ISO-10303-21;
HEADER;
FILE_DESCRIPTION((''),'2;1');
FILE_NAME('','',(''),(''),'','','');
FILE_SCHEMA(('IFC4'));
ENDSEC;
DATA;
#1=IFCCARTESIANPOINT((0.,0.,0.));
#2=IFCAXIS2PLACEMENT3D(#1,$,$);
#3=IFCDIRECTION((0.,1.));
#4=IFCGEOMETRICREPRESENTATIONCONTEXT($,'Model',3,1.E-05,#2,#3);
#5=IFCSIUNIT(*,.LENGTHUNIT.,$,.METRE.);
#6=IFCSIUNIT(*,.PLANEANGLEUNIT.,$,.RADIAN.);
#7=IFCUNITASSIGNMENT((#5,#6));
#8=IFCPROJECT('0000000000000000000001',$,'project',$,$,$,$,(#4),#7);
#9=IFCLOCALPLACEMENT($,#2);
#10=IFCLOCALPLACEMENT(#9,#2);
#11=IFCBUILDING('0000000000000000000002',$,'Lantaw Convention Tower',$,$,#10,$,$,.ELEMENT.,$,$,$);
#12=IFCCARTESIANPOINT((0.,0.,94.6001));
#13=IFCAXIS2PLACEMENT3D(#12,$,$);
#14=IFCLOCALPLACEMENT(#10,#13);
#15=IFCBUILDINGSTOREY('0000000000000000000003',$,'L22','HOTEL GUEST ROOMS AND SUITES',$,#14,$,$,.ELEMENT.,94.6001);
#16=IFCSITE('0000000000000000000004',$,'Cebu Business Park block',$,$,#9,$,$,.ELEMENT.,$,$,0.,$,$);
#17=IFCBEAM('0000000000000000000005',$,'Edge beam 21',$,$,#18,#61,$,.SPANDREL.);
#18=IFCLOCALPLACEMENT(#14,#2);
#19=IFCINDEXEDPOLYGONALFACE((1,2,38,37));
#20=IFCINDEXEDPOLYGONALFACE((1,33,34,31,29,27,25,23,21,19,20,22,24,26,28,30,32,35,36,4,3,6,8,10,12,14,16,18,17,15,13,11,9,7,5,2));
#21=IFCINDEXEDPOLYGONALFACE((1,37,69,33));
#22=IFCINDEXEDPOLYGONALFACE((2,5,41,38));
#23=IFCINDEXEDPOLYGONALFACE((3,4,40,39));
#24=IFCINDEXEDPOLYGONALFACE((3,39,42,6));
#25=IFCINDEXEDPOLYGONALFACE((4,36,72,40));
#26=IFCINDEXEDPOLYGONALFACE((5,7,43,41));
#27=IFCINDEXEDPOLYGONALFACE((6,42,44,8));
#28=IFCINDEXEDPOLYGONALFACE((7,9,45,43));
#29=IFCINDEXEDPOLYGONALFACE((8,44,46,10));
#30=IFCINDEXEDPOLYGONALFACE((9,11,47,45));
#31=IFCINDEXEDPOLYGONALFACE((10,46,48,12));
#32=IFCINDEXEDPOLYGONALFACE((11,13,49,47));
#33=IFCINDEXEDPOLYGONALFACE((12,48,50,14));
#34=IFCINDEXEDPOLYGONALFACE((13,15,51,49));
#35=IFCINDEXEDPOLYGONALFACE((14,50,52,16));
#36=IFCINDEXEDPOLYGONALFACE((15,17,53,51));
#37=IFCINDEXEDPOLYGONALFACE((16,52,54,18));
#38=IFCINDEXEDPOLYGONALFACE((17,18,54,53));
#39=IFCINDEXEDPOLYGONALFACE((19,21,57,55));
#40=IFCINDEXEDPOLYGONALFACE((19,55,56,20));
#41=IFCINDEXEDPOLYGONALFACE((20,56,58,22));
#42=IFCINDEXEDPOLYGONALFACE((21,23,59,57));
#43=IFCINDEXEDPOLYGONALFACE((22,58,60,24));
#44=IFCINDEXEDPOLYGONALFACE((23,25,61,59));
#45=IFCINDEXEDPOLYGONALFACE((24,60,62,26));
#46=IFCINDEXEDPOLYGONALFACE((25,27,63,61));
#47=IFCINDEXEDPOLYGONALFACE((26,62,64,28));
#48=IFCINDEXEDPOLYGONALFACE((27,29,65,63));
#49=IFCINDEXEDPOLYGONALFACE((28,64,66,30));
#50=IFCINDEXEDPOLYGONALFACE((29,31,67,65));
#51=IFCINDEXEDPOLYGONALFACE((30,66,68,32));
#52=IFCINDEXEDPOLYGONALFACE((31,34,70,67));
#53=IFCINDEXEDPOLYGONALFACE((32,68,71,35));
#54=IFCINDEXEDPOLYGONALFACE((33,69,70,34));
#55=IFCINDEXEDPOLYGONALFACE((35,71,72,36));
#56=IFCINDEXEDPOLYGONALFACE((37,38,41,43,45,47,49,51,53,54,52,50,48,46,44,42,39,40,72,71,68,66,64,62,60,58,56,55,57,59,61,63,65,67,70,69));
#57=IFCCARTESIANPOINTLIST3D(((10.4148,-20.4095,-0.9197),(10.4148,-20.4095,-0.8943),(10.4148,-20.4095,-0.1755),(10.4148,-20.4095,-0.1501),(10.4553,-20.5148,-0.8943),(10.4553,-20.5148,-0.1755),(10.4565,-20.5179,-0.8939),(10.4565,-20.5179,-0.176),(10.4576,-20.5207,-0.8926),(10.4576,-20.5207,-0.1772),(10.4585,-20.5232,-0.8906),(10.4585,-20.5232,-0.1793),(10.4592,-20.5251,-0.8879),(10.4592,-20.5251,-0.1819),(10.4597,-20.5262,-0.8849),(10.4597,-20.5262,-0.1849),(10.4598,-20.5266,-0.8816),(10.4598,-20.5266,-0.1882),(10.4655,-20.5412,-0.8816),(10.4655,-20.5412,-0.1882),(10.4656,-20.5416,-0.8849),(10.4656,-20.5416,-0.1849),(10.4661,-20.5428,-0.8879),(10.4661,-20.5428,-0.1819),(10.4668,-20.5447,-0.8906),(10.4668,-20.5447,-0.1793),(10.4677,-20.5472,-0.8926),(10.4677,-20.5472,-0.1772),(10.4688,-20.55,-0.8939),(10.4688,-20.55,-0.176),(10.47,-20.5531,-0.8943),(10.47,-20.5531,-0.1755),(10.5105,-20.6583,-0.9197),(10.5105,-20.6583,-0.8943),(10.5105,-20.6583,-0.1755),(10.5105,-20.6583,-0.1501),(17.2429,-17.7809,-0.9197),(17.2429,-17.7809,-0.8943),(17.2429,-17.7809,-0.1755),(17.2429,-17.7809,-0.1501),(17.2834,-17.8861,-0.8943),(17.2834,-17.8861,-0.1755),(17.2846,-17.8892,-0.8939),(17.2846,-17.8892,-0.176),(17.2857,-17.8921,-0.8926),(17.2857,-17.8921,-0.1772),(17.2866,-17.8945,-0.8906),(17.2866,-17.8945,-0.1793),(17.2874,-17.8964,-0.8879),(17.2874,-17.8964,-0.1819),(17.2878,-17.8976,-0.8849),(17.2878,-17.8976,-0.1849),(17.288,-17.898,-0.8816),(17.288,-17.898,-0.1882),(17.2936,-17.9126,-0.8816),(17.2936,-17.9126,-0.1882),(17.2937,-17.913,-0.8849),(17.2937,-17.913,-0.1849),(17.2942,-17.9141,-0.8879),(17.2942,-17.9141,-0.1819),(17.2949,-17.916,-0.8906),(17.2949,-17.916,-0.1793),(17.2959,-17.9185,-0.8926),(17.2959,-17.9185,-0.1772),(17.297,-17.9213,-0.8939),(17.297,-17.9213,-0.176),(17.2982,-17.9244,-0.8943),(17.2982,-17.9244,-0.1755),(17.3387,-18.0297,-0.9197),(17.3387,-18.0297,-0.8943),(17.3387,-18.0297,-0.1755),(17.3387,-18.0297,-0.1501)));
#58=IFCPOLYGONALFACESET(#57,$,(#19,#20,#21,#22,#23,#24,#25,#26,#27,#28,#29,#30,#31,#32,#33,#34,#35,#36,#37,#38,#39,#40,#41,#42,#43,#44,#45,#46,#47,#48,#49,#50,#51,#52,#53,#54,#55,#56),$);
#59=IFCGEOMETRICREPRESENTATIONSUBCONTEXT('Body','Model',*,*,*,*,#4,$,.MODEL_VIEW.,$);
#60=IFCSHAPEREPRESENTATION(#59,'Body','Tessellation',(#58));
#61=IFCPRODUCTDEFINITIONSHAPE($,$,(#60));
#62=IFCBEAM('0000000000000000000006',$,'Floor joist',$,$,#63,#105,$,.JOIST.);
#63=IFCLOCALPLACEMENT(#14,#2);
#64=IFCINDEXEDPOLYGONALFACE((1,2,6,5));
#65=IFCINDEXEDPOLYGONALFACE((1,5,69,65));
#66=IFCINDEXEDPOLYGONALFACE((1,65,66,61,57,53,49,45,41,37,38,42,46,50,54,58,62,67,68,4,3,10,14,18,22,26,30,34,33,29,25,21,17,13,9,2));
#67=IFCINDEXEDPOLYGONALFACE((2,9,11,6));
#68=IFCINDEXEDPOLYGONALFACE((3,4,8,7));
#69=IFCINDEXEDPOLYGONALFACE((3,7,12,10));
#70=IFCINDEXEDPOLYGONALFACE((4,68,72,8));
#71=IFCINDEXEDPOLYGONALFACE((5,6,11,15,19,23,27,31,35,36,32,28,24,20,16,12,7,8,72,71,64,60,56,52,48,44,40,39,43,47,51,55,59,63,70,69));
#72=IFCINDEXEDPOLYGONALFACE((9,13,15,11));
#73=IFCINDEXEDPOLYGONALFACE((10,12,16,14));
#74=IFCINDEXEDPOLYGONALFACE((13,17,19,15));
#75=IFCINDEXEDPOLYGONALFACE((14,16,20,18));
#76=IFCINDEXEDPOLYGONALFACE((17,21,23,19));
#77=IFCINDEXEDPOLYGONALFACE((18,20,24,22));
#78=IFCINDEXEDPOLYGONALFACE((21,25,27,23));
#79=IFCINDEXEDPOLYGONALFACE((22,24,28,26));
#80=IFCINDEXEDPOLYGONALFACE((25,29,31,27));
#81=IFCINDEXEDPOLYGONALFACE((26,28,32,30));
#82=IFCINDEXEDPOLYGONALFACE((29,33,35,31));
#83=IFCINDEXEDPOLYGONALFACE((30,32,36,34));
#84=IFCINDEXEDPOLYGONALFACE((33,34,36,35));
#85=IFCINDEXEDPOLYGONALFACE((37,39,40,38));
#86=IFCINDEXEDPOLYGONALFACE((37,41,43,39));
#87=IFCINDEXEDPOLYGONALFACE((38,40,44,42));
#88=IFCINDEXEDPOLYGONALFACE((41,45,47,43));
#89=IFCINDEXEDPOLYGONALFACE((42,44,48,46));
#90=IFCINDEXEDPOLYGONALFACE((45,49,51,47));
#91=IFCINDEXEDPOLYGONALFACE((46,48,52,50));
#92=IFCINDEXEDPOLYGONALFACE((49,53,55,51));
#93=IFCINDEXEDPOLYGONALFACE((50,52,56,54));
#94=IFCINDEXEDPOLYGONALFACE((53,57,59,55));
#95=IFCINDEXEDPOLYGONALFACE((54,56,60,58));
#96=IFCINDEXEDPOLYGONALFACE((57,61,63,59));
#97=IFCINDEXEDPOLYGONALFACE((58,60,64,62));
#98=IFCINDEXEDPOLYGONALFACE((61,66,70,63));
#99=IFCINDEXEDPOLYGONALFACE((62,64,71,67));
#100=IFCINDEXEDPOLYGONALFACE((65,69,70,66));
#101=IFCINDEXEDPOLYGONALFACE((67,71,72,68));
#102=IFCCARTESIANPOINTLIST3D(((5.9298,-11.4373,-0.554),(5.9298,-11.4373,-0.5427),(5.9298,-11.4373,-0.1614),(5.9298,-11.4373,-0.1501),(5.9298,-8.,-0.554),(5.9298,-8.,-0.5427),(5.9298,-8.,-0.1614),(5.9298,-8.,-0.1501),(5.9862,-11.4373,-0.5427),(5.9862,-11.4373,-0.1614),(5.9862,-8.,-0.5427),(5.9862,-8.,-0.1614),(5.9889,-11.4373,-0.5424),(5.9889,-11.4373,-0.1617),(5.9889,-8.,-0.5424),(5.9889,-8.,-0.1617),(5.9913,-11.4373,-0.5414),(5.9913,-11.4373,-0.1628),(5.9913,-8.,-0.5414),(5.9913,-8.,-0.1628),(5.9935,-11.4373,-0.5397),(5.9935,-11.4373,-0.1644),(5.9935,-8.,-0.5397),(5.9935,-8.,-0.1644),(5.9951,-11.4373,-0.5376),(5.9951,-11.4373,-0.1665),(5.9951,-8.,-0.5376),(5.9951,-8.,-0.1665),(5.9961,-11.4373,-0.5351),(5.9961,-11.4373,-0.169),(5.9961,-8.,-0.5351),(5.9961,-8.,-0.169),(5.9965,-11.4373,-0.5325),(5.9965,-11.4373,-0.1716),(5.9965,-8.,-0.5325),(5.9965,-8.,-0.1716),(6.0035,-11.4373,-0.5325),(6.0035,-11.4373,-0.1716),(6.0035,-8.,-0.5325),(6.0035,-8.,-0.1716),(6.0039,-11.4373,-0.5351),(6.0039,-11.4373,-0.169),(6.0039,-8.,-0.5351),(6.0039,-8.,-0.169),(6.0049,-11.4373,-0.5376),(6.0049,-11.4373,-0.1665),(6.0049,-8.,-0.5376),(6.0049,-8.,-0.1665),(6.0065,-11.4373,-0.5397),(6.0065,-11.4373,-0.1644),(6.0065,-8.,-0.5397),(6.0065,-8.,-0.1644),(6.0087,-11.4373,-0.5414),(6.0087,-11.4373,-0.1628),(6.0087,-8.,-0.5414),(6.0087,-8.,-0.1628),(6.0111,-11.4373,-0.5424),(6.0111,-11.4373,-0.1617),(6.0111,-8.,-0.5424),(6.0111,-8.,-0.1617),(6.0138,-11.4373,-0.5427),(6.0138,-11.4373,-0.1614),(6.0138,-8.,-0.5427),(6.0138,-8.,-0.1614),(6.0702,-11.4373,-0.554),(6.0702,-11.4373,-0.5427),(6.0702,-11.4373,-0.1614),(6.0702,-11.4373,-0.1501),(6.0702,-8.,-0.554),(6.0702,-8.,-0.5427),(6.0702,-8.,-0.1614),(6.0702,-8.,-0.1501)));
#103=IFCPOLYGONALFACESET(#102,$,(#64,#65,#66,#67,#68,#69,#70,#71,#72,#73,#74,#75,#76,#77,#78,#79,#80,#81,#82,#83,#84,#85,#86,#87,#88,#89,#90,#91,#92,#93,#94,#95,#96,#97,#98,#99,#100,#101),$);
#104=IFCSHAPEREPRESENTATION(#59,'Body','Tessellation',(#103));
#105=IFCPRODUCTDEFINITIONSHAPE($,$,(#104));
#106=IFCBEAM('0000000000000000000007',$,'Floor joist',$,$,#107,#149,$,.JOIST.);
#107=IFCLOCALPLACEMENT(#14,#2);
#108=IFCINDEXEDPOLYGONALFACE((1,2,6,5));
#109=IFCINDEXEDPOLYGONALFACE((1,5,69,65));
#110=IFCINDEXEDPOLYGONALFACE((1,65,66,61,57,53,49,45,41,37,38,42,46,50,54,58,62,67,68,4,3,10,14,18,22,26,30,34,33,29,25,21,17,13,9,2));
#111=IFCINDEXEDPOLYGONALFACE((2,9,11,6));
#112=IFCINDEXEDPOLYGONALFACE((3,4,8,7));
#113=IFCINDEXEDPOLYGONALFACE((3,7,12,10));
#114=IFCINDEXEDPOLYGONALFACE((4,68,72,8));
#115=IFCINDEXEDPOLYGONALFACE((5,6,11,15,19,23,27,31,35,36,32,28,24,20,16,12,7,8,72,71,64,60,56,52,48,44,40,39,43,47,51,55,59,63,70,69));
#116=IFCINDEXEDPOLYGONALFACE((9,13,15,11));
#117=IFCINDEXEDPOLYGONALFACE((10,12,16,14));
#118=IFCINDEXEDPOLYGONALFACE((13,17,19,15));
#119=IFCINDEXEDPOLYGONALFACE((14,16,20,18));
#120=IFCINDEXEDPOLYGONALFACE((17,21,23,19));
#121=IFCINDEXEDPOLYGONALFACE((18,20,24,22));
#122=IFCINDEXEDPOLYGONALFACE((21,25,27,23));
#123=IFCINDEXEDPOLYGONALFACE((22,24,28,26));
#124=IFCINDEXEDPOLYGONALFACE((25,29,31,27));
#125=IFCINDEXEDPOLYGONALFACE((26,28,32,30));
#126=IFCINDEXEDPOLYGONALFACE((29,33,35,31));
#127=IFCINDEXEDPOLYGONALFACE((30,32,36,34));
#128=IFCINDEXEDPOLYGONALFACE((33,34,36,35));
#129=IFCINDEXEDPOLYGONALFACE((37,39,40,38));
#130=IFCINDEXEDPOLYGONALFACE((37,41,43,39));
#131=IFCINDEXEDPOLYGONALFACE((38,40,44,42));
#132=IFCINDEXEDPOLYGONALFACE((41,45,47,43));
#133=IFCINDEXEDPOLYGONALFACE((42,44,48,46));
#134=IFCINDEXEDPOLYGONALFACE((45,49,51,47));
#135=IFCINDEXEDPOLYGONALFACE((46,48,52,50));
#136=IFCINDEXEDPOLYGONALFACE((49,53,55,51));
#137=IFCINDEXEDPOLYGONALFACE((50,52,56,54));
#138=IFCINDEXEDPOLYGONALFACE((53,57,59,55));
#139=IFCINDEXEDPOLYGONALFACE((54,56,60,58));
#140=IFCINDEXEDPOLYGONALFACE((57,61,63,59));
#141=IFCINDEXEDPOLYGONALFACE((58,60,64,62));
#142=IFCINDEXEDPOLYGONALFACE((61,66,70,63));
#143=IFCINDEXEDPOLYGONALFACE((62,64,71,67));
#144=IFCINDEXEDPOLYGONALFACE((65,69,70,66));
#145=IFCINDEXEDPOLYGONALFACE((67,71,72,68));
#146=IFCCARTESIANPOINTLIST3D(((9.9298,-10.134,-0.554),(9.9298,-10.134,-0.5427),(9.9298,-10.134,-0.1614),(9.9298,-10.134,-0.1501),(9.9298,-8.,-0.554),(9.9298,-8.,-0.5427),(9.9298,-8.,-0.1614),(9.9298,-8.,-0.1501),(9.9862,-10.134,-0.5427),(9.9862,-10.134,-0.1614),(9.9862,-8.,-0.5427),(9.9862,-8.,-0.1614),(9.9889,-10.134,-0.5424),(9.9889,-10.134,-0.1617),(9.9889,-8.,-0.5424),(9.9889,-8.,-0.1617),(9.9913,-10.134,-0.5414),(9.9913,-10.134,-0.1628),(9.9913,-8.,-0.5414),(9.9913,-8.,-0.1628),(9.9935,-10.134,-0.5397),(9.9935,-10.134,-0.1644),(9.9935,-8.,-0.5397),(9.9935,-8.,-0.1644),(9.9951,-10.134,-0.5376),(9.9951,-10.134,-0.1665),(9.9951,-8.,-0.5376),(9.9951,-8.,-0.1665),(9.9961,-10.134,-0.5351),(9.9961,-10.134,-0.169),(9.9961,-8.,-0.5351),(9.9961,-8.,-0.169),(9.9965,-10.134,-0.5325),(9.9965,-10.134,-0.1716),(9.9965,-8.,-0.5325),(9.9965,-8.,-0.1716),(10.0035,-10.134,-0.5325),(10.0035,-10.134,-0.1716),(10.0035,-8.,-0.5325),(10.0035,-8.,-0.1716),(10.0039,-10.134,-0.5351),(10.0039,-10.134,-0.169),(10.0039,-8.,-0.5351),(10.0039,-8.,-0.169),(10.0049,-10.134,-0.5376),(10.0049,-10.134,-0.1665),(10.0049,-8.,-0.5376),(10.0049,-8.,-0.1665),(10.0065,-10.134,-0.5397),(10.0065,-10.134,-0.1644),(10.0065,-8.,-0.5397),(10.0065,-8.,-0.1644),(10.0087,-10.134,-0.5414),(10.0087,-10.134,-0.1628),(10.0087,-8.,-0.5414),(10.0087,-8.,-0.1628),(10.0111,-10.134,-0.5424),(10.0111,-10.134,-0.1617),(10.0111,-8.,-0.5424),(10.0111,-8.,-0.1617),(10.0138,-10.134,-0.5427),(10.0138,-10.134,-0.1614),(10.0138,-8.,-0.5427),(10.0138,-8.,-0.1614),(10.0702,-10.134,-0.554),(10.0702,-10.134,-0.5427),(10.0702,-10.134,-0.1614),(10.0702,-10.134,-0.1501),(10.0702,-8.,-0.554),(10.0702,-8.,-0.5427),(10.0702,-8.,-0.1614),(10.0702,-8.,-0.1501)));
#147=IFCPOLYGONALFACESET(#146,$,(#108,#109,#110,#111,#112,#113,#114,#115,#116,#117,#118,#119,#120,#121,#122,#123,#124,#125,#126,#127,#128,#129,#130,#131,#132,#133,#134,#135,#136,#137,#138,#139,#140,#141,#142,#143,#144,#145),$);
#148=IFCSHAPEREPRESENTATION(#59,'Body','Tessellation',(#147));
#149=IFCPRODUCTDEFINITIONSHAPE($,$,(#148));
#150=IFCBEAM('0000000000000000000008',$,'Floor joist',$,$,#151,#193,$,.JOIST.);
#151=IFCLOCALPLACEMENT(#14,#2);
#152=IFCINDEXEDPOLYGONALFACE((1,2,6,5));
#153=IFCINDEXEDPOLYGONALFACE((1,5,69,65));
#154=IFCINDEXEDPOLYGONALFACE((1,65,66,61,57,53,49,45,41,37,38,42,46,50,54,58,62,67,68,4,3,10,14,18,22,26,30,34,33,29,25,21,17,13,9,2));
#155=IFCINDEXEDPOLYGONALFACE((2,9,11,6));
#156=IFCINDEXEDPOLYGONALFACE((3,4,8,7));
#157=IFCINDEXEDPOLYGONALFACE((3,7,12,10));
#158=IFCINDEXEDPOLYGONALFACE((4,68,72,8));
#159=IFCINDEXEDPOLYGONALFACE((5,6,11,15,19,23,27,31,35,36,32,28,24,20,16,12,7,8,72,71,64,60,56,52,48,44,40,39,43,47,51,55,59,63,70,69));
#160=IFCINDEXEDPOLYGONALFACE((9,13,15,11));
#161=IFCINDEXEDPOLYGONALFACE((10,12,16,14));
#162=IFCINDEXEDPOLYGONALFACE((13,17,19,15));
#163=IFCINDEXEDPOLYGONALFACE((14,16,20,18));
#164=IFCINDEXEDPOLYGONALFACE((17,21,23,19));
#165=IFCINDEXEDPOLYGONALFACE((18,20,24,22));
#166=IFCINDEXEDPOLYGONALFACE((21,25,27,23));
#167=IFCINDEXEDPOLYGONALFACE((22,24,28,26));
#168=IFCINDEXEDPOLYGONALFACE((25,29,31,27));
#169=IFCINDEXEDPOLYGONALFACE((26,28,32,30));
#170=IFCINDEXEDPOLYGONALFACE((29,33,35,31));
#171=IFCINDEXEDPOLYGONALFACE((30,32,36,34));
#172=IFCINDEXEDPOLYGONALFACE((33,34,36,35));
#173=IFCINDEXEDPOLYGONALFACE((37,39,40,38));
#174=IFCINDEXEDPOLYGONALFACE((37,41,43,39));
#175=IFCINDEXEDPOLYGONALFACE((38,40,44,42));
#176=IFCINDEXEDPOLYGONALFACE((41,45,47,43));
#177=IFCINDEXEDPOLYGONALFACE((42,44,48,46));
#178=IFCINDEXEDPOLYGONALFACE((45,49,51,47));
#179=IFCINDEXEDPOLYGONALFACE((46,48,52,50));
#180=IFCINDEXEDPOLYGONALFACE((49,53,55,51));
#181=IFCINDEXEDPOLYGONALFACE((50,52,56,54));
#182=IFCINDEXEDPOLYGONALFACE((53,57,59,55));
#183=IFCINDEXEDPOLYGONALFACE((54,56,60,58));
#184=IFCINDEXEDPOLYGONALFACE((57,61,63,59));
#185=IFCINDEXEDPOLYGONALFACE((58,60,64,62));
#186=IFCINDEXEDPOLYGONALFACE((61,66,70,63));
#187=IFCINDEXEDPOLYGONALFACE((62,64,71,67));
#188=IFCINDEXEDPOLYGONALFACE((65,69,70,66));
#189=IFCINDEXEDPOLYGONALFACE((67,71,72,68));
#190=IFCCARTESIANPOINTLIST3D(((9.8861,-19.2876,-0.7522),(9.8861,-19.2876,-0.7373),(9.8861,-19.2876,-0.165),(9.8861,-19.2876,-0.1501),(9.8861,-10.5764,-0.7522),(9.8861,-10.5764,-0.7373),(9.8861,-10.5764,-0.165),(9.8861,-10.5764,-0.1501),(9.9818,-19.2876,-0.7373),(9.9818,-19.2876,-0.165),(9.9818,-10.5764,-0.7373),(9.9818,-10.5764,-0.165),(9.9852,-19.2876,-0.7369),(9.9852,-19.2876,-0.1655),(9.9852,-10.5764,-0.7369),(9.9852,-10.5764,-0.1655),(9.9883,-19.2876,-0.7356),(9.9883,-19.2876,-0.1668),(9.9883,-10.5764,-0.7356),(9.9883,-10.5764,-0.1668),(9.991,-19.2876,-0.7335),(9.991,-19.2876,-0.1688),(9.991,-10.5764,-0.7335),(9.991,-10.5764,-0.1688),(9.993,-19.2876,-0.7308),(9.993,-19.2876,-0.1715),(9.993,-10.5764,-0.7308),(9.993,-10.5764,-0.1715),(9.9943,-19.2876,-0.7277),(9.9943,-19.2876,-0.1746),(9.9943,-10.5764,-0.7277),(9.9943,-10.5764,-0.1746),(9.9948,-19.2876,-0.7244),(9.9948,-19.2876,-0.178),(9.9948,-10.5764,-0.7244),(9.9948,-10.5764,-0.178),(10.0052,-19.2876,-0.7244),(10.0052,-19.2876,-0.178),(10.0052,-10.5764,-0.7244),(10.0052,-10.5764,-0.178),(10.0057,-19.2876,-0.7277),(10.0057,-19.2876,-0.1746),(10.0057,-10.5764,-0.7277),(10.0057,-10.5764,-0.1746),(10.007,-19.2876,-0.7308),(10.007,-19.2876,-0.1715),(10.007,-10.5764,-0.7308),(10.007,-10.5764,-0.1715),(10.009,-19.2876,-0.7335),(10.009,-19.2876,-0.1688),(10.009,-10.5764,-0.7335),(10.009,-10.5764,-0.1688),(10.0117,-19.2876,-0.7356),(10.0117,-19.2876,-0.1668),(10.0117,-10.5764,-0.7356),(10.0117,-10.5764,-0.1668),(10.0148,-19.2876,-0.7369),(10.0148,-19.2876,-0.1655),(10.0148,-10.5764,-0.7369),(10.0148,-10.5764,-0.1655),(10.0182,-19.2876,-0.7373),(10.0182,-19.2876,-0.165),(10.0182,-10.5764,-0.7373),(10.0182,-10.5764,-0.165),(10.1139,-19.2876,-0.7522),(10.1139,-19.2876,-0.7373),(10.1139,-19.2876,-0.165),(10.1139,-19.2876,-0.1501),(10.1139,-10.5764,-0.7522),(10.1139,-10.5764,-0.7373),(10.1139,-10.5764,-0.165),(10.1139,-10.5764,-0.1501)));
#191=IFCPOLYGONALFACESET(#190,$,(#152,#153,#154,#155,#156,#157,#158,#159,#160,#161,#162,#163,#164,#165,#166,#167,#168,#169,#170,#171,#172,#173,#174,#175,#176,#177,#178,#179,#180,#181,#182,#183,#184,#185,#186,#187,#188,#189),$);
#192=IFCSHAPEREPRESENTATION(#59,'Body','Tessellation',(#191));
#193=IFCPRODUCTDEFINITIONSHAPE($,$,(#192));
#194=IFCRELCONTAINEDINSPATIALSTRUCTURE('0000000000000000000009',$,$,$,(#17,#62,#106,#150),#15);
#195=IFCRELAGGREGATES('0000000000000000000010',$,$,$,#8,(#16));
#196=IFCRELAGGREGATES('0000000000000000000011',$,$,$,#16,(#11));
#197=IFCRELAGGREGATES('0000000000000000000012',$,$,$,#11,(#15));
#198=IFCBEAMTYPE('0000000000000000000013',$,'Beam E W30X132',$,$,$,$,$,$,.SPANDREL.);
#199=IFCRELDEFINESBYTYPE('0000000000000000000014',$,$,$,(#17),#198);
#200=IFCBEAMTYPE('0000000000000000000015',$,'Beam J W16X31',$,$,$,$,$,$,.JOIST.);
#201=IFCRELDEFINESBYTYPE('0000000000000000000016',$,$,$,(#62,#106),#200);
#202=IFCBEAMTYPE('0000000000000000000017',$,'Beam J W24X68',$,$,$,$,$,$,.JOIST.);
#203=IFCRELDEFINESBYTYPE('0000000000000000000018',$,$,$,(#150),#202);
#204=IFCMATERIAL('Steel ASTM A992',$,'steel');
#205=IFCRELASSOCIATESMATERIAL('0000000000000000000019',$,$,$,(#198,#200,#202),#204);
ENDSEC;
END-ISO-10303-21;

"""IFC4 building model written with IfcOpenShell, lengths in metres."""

from ifc_helpers import new_model, si_unit, direction, frame, origin, origin_2d, place, context, subcontext, project, spatial, i_section, extrude, material, material_profile, profile_set, type_object, element, save


model = new_model("IFC4")

# Units and contexts
model_context = context("Model", 3, precision=1e-05, world=origin(), true_north=direction((0.0, 1.0)))
body_context = subcontext(model_context, "Body", "Model", "MODEL_VIEW")
ifc_project = project(units=[si_unit("LENGTHUNIT", "METRE"), si_unit("PLANEANGLEUNIT", "RADIAN")], contexts=[model_context])

# Site, building, storey
site_placement = place(None, origin())
site = spatial("IfcSite", under=ifc_project, at=site_placement, Name="Cebu Business Park block", CompositionType="ELEMENT", RefElevation=0.0)
building_placement = place(site_placement, origin())
building = spatial("IfcBuilding", under=site, at=building_placement, Name="Lantaw Convention Tower", CompositionType="ELEMENT")
storey_placement = place(building_placement, frame((0.0, 0.0, 94.6001)))
storey = spatial("IfcBuildingStorey", under=building, at=storey_placement, Name="L22", Description="HOTEL GUEST ROOMS AND SUITES", CompositionType="ELEMENT", Elevation=94.6001)

# Beams
ifc_material_1 = material(Name="Steel ASTM A992", Category="steel")
ifc_material_profile_1 = material_profile(ifc_material_1, i_section(OverallWidth=0.2666, OverallDepth=0.7695, WebThickness=0.0156, FlangeThickness=0.0254, FilletRadius=0.0127, at=origin_2d()), Name="W30X132")
ifc_profile_set_1 = profile_set([ifc_material_profile_1], Name="Steel ASTM A992")
beam_type_1 = type_object("IfcBeamType", Name="Beam E W30X132", PredefinedType="SPANDREL", material=ifc_profile_set_1)
beam_1_placement = place(storey_placement, frame((10.4626, -20.5339, -0.5349), z_axis=(0.933233, 0.359272, 0.0), x_axis=(-0.359272, 0.933233, 0.0)))
element("IfcBeam", 1, at=beam_1_placement, inside=storey, type_object=beam_type_1, Name="Edge beam 21", PredefinedType="SPANDREL", context=body_context, shape_type="SweptSolid", body=[
    extrude(i_section(OverallWidth=0.2666, OverallDepth=0.7695, WebThickness=0.0156, FlangeThickness=0.0254, FilletRadius=0.0127, at=origin_2d()), origin(), (0.0, 0.0, 1.0), 7.3167),
])
ifc_material_profile_2 = material_profile(ifc_material_1, i_section(OverallWidth=0.1404, OverallDepth=0.4038, WebThickness=0.0071, FlangeThickness=0.0112, FilletRadius=0.0103, at=origin_2d()), Name="W16X31")
ifc_profile_set_2 = profile_set([ifc_material_profile_2], Name="Steel ASTM A992")
beam_type_2 = type_object("IfcBeamType", Name="Beam J W16X31", PredefinedType="JOIST", material=ifc_profile_set_2)
beam_2_placement = place(storey_placement, frame((6.0, -11.4373, -0.3521), z_axis=(0.0, 1.0, 0.0), x_axis=(-1.0, 0.0, 0.0)))
element("IfcBeam", 2, at=beam_2_placement, inside=storey, type_object=beam_type_2, Name="Floor joist", PredefinedType="JOIST", context=body_context, shape_type="SweptSolid", body=[
    extrude(i_section(OverallWidth=0.1404, OverallDepth=0.4038, WebThickness=0.0071, FlangeThickness=0.0112, FilletRadius=0.0103, at=origin_2d()), origin(), (0.0, 0.0, 1.0), 3.4373),
])
beam_3_placement = place(storey_placement, frame((10.0, -10.134, -0.3521), z_axis=(0.0, 1.0, 0.0), x_axis=(-1.0, 0.0, 0.0)))
element("IfcBeam", 3, at=beam_3_placement, inside=storey, type_object=beam_type_2, Name="Floor joist", PredefinedType="JOIST", context=body_context, shape_type="SweptSolid", body=[
    extrude(i_section(OverallWidth=0.1404, OverallDepth=0.4038, WebThickness=0.0071, FlangeThickness=0.0112, FilletRadius=0.0103, at=origin_2d()), origin(), (0.0, 0.0, 1.0), 2.134),
])
ifc_material_profile_3 = material_profile(ifc_material_1, i_section(OverallWidth=0.2278, OverallDepth=0.6021, WebThickness=0.0105, FlangeThickness=0.0149, FilletRadius=0.0129, at=origin_2d()), Name="W24X68")
ifc_profile_set_3 = profile_set([ifc_material_profile_3], Name="Steel ASTM A992")
beam_type_3 = type_object("IfcBeamType", Name="Beam J W24X68", PredefinedType="JOIST", material=ifc_profile_set_3)
beam_4_placement = place(storey_placement, frame((10.0, -19.2876, -0.4512), z_axis=(0.0, 1.0, 0.0), x_axis=(-1.0, 0.0, 0.0)))
element("IfcBeam", 4, at=beam_4_placement, inside=storey, type_object=beam_type_3, Name="Floor joist", PredefinedType="JOIST", context=body_context, shape_type="SweptSolid", body=[
    extrude(i_section(OverallWidth=0.2278, OverallDepth=0.6021, WebThickness=0.0105, FlangeThickness=0.0149, FilletRadius=0.0129, at=origin_2d()), origin(), (0.0, 0.0, 1.0), 8.7112),
])

save(model, "model.ifc")
